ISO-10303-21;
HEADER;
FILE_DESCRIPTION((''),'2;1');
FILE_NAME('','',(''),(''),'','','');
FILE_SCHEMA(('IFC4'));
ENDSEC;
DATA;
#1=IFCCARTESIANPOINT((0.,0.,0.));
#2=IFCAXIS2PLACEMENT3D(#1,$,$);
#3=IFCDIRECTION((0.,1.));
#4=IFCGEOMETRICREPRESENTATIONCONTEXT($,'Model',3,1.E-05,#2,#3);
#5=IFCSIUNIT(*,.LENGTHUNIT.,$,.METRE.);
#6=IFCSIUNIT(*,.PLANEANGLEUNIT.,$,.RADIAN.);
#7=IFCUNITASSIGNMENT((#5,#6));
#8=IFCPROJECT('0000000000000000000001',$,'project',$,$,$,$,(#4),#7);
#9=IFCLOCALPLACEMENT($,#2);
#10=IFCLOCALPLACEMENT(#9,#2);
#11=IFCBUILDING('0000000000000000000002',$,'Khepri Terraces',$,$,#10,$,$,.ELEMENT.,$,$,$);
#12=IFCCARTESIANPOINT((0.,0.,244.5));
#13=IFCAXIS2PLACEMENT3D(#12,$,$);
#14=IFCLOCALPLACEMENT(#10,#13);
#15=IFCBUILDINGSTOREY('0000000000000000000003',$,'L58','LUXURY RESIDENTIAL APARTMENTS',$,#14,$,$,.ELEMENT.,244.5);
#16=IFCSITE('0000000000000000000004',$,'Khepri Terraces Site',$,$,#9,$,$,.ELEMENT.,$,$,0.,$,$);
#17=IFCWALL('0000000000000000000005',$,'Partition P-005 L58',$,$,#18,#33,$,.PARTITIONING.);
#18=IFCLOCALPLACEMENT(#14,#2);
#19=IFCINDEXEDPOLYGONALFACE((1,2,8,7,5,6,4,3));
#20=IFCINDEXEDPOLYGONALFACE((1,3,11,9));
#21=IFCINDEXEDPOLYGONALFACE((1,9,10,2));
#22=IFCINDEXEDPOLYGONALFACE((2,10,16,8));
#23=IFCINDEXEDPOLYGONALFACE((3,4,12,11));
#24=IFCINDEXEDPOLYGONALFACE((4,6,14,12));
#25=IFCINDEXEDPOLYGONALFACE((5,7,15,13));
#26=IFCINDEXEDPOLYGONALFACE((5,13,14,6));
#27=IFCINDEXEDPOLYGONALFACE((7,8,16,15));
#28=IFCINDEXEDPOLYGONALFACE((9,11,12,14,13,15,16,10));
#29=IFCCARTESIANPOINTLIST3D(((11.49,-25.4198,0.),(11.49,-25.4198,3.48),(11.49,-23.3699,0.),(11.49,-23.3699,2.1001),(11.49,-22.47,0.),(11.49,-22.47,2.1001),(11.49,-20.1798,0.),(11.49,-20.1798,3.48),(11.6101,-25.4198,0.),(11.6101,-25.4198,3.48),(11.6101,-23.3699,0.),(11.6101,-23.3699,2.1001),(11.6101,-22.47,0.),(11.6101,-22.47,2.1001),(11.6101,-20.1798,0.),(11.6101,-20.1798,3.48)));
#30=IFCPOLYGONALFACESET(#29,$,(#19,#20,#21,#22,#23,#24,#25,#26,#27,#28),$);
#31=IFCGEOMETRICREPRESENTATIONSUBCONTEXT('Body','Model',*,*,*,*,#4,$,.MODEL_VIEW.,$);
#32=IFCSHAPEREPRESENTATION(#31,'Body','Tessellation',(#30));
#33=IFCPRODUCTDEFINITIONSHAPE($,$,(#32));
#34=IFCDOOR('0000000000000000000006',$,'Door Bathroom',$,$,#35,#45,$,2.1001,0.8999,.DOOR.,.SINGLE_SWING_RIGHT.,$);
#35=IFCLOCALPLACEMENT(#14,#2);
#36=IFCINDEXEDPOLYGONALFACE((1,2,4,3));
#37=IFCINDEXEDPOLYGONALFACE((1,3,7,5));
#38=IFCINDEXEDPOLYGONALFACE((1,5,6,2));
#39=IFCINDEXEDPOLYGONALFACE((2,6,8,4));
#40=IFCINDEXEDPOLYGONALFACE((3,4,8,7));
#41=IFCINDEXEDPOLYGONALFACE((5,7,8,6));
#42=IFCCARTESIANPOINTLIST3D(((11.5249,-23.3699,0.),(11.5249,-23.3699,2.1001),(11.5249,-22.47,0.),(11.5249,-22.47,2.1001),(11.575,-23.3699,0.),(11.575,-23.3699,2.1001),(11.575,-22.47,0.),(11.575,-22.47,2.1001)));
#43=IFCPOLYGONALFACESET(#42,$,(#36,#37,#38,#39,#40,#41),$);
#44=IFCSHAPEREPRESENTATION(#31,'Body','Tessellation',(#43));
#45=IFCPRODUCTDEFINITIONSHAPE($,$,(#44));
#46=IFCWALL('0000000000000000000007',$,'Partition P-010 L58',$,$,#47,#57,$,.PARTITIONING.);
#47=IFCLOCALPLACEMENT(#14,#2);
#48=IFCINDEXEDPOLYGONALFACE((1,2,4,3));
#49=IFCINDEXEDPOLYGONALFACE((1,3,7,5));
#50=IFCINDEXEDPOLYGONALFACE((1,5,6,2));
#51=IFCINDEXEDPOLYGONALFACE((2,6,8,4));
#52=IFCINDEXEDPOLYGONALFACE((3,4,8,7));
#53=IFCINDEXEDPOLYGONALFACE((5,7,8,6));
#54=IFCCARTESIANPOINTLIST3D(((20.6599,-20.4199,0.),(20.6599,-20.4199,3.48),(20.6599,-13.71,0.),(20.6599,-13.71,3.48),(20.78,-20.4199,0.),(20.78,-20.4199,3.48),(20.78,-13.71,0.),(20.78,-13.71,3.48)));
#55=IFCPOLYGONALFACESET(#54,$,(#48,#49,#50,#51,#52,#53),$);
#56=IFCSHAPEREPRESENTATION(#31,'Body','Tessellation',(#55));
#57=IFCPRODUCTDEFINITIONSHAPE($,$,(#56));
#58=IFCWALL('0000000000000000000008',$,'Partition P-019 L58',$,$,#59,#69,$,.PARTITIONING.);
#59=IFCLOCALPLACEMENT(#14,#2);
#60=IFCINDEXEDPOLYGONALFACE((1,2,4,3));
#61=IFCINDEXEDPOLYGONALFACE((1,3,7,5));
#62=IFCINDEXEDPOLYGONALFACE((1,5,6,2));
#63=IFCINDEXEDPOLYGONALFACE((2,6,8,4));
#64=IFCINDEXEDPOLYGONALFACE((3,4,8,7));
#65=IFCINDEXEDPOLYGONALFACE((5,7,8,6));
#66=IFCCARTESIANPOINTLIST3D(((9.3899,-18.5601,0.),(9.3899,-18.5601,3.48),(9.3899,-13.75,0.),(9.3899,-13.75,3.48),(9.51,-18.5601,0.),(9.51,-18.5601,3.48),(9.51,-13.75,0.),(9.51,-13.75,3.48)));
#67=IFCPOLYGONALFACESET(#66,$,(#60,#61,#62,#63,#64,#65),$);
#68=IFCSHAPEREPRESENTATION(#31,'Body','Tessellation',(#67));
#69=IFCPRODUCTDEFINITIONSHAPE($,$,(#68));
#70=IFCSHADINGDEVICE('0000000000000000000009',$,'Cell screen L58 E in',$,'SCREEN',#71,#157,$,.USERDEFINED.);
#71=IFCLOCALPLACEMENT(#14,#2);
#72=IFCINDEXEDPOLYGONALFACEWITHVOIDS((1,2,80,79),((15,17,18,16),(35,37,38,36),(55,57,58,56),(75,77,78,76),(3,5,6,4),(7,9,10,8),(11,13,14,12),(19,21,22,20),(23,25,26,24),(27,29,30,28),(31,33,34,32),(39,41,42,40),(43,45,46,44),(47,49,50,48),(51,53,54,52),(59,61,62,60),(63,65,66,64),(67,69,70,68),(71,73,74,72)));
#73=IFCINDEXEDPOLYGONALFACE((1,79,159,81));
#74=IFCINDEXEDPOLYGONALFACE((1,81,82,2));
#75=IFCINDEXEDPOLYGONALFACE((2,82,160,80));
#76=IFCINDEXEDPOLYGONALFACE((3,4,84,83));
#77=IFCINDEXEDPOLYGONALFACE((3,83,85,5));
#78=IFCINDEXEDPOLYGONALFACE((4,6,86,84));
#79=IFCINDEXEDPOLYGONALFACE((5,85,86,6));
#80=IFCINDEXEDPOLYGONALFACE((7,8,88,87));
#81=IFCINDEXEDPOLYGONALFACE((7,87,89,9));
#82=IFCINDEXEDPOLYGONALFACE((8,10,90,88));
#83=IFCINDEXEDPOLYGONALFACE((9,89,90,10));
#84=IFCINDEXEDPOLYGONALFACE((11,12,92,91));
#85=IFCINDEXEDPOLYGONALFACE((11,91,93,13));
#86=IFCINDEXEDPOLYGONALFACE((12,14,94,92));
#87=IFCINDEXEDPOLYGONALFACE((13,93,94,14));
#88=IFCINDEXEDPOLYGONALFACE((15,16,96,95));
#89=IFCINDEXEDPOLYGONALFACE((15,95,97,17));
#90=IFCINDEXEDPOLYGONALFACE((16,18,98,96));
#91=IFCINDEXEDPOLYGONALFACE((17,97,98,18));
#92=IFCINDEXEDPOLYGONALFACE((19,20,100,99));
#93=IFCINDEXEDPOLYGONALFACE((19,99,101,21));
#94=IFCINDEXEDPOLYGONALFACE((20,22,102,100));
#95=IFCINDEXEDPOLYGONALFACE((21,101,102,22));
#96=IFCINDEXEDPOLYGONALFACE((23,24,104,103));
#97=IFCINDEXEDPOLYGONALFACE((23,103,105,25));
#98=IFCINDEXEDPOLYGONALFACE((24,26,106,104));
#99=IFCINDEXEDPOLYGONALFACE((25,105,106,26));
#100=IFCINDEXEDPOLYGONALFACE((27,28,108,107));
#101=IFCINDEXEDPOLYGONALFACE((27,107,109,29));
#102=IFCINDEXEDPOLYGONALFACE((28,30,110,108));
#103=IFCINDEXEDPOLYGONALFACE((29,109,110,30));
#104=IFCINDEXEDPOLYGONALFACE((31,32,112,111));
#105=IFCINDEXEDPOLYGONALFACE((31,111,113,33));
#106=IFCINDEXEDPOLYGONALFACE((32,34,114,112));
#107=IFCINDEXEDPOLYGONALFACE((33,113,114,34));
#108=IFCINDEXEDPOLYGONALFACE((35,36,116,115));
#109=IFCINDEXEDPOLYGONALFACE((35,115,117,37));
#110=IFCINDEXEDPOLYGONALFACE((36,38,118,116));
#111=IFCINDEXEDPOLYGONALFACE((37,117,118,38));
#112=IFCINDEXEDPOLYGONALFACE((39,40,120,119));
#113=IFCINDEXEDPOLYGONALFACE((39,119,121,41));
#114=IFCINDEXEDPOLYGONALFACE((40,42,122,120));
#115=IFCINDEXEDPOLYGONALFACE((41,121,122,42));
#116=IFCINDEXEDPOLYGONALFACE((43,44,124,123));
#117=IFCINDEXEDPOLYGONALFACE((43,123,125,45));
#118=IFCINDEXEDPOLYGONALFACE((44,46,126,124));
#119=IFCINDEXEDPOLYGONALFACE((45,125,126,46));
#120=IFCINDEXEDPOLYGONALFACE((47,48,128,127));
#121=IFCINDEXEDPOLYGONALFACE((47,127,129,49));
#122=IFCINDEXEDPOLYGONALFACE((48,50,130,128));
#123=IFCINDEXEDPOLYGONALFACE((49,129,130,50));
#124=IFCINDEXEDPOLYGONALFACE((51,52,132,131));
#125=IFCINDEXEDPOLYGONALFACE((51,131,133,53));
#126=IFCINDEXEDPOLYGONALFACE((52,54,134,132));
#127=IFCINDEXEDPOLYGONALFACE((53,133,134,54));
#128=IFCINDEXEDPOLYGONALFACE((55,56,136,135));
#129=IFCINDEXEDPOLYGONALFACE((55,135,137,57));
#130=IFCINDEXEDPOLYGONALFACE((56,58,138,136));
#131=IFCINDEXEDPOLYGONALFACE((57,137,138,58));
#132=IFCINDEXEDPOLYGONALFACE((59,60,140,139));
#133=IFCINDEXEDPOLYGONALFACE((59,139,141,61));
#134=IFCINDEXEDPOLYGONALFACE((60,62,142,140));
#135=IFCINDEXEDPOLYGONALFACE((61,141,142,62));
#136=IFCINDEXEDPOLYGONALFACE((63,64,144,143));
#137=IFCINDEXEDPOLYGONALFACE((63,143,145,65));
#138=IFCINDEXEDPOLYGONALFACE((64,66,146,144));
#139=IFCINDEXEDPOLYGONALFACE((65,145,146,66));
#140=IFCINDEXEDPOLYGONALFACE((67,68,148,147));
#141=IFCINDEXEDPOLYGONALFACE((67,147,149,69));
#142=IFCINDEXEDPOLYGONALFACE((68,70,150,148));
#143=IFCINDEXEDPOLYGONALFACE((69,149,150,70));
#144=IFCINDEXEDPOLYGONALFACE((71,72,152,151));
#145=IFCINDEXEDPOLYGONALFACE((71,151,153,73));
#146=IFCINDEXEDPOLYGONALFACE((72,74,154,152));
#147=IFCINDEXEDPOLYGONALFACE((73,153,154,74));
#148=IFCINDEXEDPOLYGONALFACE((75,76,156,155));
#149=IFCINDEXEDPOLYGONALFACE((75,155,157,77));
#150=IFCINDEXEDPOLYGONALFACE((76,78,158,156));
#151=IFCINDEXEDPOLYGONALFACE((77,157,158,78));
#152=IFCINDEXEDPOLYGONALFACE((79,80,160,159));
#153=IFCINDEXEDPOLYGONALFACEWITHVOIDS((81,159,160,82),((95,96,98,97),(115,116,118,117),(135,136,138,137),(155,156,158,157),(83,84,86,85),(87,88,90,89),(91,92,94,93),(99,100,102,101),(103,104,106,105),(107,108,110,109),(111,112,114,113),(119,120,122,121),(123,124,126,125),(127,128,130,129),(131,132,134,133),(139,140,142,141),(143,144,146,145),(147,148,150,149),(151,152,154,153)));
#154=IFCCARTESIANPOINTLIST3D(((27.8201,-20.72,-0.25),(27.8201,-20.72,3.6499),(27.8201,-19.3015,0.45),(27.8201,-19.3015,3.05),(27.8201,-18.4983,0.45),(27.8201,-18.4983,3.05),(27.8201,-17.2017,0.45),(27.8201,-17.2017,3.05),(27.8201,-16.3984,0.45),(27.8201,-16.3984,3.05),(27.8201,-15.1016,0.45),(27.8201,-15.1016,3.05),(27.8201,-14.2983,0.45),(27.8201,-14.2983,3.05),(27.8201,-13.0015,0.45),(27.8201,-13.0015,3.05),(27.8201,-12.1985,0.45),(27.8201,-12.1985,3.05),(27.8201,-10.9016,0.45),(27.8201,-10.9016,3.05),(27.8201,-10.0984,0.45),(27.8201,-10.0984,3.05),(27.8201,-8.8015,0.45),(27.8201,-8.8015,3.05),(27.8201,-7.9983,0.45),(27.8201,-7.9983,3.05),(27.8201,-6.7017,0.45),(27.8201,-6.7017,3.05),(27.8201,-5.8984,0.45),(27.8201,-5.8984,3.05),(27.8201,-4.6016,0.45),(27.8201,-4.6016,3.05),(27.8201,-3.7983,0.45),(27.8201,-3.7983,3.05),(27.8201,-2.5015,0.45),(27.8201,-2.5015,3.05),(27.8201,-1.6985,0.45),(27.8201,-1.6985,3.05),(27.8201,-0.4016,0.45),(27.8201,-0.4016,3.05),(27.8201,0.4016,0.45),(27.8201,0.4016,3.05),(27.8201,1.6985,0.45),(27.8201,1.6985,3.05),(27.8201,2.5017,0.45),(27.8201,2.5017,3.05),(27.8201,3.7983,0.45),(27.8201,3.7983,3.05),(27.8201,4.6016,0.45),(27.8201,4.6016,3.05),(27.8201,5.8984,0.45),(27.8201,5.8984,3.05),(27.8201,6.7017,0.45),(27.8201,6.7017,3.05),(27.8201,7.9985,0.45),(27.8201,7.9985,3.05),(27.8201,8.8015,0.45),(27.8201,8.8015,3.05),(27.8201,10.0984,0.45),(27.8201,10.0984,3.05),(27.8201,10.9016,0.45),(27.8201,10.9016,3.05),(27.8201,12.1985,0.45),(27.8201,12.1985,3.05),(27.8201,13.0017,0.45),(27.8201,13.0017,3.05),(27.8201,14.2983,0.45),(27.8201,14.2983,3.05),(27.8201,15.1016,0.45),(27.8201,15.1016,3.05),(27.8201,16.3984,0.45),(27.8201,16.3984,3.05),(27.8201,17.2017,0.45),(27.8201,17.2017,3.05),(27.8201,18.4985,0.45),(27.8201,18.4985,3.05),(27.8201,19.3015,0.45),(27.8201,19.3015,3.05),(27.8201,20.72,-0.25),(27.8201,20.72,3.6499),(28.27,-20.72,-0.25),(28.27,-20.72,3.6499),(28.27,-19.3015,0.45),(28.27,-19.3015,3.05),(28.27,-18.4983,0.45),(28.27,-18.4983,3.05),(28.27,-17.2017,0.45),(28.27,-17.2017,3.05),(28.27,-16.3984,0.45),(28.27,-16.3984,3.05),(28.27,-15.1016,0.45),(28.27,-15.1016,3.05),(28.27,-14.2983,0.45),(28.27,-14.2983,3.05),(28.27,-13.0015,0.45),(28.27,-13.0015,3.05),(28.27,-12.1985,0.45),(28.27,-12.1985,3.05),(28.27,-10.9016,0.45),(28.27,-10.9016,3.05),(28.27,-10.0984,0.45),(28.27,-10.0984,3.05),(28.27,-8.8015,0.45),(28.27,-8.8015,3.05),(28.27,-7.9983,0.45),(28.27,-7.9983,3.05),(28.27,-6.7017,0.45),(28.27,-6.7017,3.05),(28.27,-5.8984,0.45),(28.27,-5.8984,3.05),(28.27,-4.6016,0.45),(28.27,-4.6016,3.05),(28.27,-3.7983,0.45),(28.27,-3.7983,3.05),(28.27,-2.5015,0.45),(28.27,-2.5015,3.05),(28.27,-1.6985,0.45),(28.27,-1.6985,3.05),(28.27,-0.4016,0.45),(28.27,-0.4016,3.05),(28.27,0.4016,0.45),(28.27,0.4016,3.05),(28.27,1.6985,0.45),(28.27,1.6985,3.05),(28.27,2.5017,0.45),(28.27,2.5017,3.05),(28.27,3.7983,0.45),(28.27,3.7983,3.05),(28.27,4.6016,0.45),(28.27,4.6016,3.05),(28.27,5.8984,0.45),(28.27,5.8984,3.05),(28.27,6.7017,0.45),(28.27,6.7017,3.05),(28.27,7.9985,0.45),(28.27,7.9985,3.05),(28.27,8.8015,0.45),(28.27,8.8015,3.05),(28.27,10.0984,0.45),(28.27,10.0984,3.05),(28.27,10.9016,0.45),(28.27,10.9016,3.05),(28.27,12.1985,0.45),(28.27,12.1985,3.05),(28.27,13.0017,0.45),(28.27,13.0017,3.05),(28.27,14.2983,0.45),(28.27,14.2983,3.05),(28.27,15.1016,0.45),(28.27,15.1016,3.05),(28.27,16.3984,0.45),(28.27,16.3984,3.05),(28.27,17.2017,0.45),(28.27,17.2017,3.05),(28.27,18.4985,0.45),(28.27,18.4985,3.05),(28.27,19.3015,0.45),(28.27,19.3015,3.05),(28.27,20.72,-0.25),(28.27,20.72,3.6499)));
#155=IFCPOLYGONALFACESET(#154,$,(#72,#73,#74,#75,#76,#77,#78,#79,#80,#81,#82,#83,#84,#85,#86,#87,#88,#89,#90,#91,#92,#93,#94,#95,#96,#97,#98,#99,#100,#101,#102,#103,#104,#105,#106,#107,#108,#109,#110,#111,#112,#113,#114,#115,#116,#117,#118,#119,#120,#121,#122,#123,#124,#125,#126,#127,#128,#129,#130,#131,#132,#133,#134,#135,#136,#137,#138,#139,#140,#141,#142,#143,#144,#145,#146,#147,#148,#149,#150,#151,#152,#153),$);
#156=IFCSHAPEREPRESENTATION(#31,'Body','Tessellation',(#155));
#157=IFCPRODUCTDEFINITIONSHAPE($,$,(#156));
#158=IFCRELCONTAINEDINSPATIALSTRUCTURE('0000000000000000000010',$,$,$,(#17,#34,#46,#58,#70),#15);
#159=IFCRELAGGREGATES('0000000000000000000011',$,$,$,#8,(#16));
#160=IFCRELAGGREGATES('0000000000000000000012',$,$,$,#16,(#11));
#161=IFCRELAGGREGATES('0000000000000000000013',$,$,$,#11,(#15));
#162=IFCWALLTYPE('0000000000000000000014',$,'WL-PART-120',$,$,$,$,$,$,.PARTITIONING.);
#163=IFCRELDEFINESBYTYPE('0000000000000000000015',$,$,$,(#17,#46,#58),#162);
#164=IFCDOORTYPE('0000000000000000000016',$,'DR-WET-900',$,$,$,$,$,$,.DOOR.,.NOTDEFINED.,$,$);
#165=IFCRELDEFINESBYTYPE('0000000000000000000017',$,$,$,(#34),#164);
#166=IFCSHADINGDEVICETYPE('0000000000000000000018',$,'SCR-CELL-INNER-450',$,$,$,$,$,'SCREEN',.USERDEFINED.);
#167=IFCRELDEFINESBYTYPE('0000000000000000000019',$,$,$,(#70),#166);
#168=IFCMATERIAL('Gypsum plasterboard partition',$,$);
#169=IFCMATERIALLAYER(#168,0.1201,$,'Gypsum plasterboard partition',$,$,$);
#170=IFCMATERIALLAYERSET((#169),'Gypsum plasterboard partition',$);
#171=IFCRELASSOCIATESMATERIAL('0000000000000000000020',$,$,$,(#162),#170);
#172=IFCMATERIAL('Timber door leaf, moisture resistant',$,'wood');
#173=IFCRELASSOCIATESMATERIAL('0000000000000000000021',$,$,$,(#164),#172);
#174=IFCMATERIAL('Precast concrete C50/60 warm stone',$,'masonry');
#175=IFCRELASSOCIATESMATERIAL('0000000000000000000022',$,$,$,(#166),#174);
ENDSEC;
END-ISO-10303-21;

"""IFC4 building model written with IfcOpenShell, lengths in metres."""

from ifc_helpers import new_model, si_unit, direction, frame, frame_2d, origin, place, context, subcontext, project, spatial, polyline, rectangle, outline, extrude, material, layer, layer_set, type_object, element, fill, save


model = new_model("IFC4")

# Units and contexts
model_context = context("Model", 3, precision=1e-05, world=origin(), true_north=direction((0.0, 1.0)))
body_context = subcontext(model_context, "Body", "Model", "MODEL_VIEW")
ifc_project = project(units=[si_unit("LENGTHUNIT", "METRE"), si_unit("PLANEANGLEUNIT", "RADIAN")], contexts=[model_context])

# Site, building, storey
site_placement = place(None, origin())
site = spatial("IfcSite", under=ifc_project, at=site_placement, Name="Khepri Terraces Site", CompositionType="ELEMENT", RefElevation=0.0)
building_placement = place(site_placement, origin())
building = spatial("IfcBuilding", under=site, at=building_placement, Name="Khepri Terraces", CompositionType="ELEMENT")
storey_placement = place(building_placement, frame((0.0, 0.0, 244.5)))
storey = spatial("IfcBuildingStorey", under=building, at=storey_placement, Name="L58", Description="LUXURY RESIDENTIAL APARTMENTS", CompositionType="ELEMENT", Elevation=244.5)

# Shared definitions
ifc_material_1 = material(Name="Precast concrete C50/60 warm stone", Category="masonry")

# Wall, opening, door
ifc_material_2 = material(Name="Gypsum plasterboard partition")
ifc_layer_1 = layer(ifc_material_2, 0.1201, Name="Gypsum plasterboard partition")
ifc_layer_set_1 = layer_set([ifc_layer_1], Name="Gypsum plasterboard partition")
wall_type_1 = type_object("IfcWallType", Name="WL-PART-120", PredefinedType="PARTITIONING", material=ifc_layer_set_1)
wall_1_placement = place(storey_placement, frame((11.55, -25.4199, 0.0), z_axis=(0.0, 0.0, 1.0), x_axis=(0.0, 1.0, 0.0)))
wall_1 = element("IfcWall", 1, at=wall_1_placement, inside=storey, type_object=wall_type_1, Name="Partition P-005 L58", PredefinedType="PARTITIONING", context=body_context, shape_type="SweptSolid", body=[
    extrude(rectangle(XDim=5.24, YDim=0.1201, at=frame_2d((2.6201, 0.0))), origin(), (0.0, 0.0, 1.0), 3.48),
])
opening_1_placement = place(wall_1_placement, frame((2.05, 0.0, 0.0)))
opening_1 = element("IfcOpeningElement", 2, at=opening_1_placement, cuts=wall_1, PredefinedType="OPENING", context=body_context, shape_type="SweptSolid", body=[
    extrude(rectangle(XDim=0.8999, YDim=2.1001, at=frame_2d((0.45, 1.05))), frame((0.0, 0.0701, 0.0), z_axis=(0.0, -1.0, 0.0), x_axis=(1.0, 0.0, 0.0)), (0.0, 0.0, 1.0), 0.1401),
])
ifc_material_3 = material(Name="Timber door leaf, moisture resistant", Category="wood")
door_type_1 = type_object("IfcDoorType", Name="DR-WET-900", OperationType="NOTDEFINED", PredefinedType="DOOR", material=ifc_material_3)
door_1_placement = place(opening_1_placement, frame((0.8999, 0.0, 0.0), z_axis=(0.0, 0.0, 1.0), x_axis=(-1.0, 0.0, 0.0)))
door_1 = element("IfcDoor", 3, at=door_1_placement, inside=storey, type_object=door_type_1, Name="Door Bathroom", OperationType="SINGLE_SWING_RIGHT", OverallHeight=2.1001, OverallWidth=0.8999, PredefinedType="DOOR", context=body_context, shape_type="SweptSolid", body=[
    extrude(rectangle(XDim=0.8999, YDim=2.1001, at=frame_2d((0.45, 1.05))), frame((0.0, 0.0249, 0.0), z_axis=(0.0, -1.0, 0.0), x_axis=(1.0, 0.0, 0.0)), (0.0, 0.0, 1.0), 0.05),
])
fill(opening_1, door_1)

# Walls
wall_2_placement = place(storey_placement, frame((20.72, -20.4199, 0.0), z_axis=(0.0, 0.0, 1.0), x_axis=(0.0, 1.0, 0.0)))
element("IfcWall", 4, at=wall_2_placement, inside=storey, type_object=wall_type_1, Name="Partition P-010 L58", PredefinedType="PARTITIONING", context=body_context, shape_type="SweptSolid", body=[
    extrude(rectangle(XDim=6.71, YDim=0.1201, at=frame_2d((3.355, 0.0))), origin(), (0.0, 0.0, 1.0), 3.48),
])
wall_3_placement = place(storey_placement, frame((9.45, -18.5601, 0.0), z_axis=(0.0, 0.0, 1.0), x_axis=(0.0, 1.0, 0.0)))
element("IfcWall", 5, at=wall_3_placement, inside=storey, type_object=wall_type_1, Name="Partition P-019 L58", PredefinedType="PARTITIONING", context=body_context, shape_type="SweptSolid", body=[
    extrude(rectangle(XDim=4.8101, YDim=0.1201, at=frame_2d((2.405, 0.0))), origin(), (0.0, 0.0, 1.0), 3.48),
])

# Shading device
shading_device_type_1 = type_object("IfcShadingDeviceType", Name="SCR-CELL-INNER-450", ElementType="SCREEN", PredefinedType="USERDEFINED", material=ifc_material_1)
shading_device_1_placement = place(storey_placement, frame((27.8201, -20.72, -0.25), z_axis=(1.0, 0.0, 0.0), x_axis=(0.0, 1.0, 0.0)))
element("IfcShadingDevice", 6, at=shading_device_1_placement, inside=storey, type_object=shading_device_type_1, Name="Cell screen L58 E in", ObjectType="SCREEN", PredefinedType="USERDEFINED", context=body_context, shape_type="SweptSolid", body=[
    extrude(outline(polyline([(0.0, 0.0), (41.4399, 0.0), (41.4399, 3.8999), (0.0, 3.8999), (0.0, 0.0)]), holes=[polyline([(1.4185, 0.7), (2.2217, 0.7), (2.2217, 3.3), (1.4185, 3.3), (1.4185, 0.7)]), polyline([(3.5183, 0.7), (4.3215, 0.7), (4.3215, 3.3), (3.5183, 3.3), (3.5183, 0.7)]), polyline([(5.6184, 0.7), (6.4216, 0.7), (6.4216, 3.3), (5.6184, 3.3), (5.6184, 0.7)]), polyline([(7.7185, 0.7), (8.5215, 0.7), (8.5215, 3.3), (7.7185, 3.3), (7.7185, 0.7)]), polyline([(9.8184, 0.7), (10.6216, 0.7), (10.6216, 3.3), (9.8184, 3.3), (9.8184, 0.7)]), polyline([(11.9185, 0.7), (12.7217, 0.7), (12.7217, 3.3), (11.9185, 3.3), (11.9185, 0.7)]), polyline([(14.0183, 0.7), (14.8215, 0.7), (14.8215, 3.3), (14.0183, 3.3), (14.0183, 0.7)]), polyline([(16.1184, 0.7), (16.9216, 0.7), (16.9216, 3.3), (16.1184, 3.3), (16.1184, 0.7)]), polyline([(18.2185, 0.7), (19.0215, 0.7), (19.0215, 3.3), (18.2185, 3.3), (18.2185, 0.7)]), polyline([(20.3184, 0.7), (21.1216, 0.7), (21.1216, 3.3), (20.3184, 3.3), (20.3184, 0.7)]), polyline([(22.4185, 0.7), (23.2217, 0.7), (23.2217, 3.3), (22.4185, 3.3), (22.4185, 0.7)]), polyline([(24.5183, 0.7), (25.3215, 0.7), (25.3215, 3.3), (24.5183, 3.3), (24.5183, 0.7)]), polyline([(26.6184, 0.7), (27.4216, 0.7), (27.4216, 3.3), (26.6184, 3.3), (26.6184, 0.7)]), polyline([(28.7185, 0.7), (29.5215, 0.7), (29.5215, 3.3), (28.7185, 3.3), (28.7185, 0.7)]), polyline([(30.8184, 0.7), (31.6216, 0.7), (31.6216, 3.3), (30.8184, 3.3), (30.8184, 0.7)]), polyline([(32.9185, 0.7), (33.7217, 0.7), (33.7217, 3.3), (32.9185, 3.3), (32.9185, 0.7)]), polyline([(35.0183, 0.7), (35.8215, 0.7), (35.8215, 3.3), (35.0183, 3.3), (35.0183, 0.7)]), polyline([(37.1184, 0.7), (37.9216, 0.7), (37.9216, 3.3), (37.1184, 3.3), (37.1184, 0.7)]), polyline([(39.2185, 0.7), (40.0215, 0.7), (40.0215, 3.3), (39.2185, 3.3), (39.2185, 0.7)])]), origin(), (0.0, 0.0, 1.0), 0.45),
])

save(model, "model.ifc")
